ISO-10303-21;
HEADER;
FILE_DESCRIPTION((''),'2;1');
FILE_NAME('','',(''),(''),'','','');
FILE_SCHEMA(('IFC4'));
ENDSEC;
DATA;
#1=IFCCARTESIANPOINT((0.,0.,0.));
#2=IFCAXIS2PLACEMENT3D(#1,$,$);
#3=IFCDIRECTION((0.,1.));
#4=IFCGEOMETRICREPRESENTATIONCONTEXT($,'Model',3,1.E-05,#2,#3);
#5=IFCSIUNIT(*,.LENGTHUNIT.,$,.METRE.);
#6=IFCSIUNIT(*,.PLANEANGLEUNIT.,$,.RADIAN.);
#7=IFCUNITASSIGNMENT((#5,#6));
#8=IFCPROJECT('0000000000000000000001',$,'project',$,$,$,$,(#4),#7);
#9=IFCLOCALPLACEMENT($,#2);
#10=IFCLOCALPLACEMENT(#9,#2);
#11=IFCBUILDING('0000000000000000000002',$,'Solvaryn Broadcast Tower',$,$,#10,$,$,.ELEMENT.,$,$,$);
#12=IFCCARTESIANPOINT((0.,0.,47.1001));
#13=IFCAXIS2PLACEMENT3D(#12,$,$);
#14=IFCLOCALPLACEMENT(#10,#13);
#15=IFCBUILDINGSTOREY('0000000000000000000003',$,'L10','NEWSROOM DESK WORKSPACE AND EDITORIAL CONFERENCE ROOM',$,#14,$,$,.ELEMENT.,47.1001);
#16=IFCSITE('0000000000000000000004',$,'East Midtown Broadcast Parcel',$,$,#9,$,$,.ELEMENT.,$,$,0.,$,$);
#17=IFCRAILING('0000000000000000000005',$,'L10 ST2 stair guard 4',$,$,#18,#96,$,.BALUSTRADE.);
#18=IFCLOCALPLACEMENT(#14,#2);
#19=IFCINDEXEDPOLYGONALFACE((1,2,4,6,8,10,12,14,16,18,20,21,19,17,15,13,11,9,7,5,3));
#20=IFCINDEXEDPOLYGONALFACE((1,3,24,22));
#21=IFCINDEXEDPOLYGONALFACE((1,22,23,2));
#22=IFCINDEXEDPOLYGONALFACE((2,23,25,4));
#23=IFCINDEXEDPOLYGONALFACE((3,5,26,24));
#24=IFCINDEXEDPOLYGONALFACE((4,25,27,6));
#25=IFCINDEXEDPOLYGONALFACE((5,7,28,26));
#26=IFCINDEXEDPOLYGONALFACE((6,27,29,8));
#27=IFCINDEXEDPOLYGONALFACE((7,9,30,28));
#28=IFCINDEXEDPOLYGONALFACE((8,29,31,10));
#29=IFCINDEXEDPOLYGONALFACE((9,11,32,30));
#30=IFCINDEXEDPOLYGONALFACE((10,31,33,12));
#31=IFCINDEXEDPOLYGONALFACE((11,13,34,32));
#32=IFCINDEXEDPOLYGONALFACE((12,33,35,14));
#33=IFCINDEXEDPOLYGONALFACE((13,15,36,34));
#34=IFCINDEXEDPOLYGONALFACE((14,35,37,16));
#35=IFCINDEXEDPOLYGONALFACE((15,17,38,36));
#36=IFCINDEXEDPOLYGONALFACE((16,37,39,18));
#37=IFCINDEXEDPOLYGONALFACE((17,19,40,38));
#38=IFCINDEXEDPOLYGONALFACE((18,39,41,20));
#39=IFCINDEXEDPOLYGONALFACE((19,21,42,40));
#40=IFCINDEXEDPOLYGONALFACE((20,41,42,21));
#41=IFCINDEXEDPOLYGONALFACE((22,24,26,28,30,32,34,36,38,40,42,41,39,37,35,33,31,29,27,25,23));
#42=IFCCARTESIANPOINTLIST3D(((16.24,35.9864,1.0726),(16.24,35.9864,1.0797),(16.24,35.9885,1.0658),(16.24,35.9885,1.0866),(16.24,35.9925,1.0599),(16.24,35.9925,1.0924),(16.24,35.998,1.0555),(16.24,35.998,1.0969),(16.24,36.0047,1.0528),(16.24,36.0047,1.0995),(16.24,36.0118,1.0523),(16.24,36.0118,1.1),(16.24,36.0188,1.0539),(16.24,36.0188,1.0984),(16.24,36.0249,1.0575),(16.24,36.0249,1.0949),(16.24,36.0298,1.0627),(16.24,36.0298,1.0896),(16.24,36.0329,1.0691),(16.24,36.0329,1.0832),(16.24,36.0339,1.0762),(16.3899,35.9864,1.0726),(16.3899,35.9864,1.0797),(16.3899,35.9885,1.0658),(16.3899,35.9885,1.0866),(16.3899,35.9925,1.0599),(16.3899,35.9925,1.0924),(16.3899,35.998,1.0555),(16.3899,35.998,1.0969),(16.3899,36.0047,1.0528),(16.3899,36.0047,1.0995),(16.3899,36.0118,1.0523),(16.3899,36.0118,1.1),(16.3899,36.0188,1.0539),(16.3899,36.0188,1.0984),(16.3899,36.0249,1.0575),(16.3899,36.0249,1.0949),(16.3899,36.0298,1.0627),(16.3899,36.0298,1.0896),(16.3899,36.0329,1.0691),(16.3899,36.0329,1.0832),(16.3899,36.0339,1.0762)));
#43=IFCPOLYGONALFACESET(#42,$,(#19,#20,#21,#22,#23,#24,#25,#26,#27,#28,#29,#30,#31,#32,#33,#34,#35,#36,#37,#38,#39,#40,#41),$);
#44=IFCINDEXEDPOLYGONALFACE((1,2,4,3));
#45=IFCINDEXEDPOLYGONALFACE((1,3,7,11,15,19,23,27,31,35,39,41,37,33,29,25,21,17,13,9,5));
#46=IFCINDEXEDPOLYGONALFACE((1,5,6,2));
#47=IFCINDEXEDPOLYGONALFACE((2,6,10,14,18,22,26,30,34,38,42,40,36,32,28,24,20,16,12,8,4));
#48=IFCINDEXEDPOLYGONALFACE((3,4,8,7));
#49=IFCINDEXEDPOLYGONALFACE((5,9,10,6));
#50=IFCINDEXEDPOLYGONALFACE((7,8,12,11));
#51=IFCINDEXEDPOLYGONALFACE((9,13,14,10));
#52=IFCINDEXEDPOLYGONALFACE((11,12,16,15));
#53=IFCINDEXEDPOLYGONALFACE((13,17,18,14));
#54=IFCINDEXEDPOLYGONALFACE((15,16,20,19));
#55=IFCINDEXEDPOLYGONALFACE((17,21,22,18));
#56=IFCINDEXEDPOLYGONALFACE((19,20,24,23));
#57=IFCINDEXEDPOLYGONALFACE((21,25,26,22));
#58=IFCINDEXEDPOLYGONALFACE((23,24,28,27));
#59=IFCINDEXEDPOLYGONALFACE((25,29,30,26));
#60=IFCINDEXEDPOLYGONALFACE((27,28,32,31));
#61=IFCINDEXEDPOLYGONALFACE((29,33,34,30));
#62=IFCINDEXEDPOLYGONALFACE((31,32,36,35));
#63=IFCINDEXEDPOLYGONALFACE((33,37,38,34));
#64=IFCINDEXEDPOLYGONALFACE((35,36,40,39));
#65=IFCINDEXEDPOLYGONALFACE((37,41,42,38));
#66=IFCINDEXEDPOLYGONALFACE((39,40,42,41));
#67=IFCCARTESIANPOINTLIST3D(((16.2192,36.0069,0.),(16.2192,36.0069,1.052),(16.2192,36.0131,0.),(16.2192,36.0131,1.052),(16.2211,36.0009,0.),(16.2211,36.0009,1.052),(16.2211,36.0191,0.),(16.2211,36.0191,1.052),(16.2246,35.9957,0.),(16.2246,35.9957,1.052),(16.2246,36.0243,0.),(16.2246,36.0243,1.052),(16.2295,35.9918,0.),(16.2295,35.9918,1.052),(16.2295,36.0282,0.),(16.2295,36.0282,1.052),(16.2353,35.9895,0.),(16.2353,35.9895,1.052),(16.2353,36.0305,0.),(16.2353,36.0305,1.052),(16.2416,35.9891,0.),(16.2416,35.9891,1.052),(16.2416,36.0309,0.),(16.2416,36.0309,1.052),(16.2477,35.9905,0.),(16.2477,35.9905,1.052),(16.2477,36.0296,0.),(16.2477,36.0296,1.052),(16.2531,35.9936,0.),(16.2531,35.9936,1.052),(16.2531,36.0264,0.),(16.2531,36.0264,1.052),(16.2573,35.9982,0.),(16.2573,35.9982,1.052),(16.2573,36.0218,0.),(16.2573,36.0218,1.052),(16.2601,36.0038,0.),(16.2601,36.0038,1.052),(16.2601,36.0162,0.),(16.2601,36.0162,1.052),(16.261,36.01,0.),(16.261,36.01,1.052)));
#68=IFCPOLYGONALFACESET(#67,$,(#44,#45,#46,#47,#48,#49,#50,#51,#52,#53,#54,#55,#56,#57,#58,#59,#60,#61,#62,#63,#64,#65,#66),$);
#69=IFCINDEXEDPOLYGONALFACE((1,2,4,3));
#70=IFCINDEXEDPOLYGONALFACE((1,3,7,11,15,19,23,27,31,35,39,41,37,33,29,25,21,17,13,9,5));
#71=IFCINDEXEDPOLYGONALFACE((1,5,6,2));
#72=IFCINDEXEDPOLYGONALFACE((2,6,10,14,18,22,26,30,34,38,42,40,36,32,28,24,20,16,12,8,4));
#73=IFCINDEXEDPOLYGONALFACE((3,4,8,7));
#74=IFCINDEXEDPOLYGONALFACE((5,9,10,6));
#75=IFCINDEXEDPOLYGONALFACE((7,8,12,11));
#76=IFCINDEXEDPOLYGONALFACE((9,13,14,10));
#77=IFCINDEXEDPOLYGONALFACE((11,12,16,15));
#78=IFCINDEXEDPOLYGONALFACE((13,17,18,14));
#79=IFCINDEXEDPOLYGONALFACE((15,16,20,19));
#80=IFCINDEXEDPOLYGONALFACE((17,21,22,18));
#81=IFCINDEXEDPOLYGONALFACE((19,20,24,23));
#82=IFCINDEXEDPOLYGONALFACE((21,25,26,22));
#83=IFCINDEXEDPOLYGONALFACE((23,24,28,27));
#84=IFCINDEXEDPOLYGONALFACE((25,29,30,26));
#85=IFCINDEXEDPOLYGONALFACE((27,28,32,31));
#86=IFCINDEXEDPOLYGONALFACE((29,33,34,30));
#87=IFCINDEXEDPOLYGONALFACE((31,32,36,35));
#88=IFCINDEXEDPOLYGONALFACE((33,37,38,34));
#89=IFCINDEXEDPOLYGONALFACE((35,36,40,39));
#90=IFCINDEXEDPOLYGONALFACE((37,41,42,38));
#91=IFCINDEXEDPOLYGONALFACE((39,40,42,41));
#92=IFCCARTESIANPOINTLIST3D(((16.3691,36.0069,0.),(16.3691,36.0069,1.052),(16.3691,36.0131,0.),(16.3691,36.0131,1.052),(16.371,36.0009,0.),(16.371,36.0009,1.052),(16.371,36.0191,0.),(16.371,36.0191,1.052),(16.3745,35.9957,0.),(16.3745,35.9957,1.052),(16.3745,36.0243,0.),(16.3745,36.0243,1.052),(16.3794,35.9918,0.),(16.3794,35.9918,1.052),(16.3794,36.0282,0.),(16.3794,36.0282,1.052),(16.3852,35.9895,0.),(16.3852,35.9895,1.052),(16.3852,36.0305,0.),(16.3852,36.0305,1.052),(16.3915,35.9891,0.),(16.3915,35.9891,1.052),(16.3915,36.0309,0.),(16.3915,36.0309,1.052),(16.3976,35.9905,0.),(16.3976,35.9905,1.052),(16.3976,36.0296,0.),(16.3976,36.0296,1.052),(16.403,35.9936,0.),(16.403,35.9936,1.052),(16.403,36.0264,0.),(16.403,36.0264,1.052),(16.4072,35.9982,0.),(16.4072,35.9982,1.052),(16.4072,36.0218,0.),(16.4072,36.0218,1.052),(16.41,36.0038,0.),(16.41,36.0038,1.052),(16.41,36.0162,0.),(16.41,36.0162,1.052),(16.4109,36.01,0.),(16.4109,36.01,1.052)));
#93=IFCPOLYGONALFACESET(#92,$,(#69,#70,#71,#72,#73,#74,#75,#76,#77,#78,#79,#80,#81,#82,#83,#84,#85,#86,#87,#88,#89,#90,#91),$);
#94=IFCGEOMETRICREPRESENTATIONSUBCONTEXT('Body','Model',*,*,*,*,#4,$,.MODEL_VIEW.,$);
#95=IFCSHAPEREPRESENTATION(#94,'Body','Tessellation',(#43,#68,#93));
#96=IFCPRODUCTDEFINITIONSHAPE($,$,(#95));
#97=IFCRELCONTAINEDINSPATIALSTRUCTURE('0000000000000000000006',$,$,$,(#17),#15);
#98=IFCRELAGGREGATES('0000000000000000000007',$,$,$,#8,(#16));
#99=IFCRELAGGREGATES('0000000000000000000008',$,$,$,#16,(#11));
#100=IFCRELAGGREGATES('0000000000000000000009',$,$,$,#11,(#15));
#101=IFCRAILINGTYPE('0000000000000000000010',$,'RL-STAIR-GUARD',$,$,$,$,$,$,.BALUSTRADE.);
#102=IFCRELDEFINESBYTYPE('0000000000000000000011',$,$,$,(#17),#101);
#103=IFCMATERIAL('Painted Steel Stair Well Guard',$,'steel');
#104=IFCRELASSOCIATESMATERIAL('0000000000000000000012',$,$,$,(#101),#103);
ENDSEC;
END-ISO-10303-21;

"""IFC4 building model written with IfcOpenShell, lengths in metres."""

from ifc_helpers import new_model, si_unit, direction, frame, origin, origin_2d, place, context, subcontext, project, spatial, circle, extrude, material, type_object, element, save


model = new_model("IFC4")

# Units and contexts
model_context = context("Model", 3, precision=1e-05, world=origin(), true_north=direction((0.0, 1.0)))
body_context = subcontext(model_context, "Body", "Model", "MODEL_VIEW")
ifc_project = project(units=[si_unit("LENGTHUNIT", "METRE"), si_unit("PLANEANGLEUNIT", "RADIAN")], contexts=[model_context])

# Site, building, storey
site_placement = place(None, origin())
site = spatial("IfcSite", under=ifc_project, at=site_placement, Name="East Midtown Broadcast Parcel", CompositionType="ELEMENT", RefElevation=0.0)
building_placement = place(site_placement, origin())
building = spatial("IfcBuilding", under=site, at=building_placement, Name="Solvaryn Broadcast Tower", CompositionType="ELEMENT")
storey_placement = place(building_placement, frame((0.0, 0.0, 47.1001)))
storey = spatial("IfcBuildingStorey", under=building, at=storey_placement, Name="L10", Description="NEWSROOM DESK WORKSPACE AND EDITORIAL CONFERENCE ROOM", CompositionType="ELEMENT", Elevation=47.1001)

# Railing
ifc_material_1 = material(Name="Painted Steel Stair Well Guard", Category="steel")
railing_type_1 = type_object("IfcRailingType", Name="RL-STAIR-GUARD", PredefinedType="BALUSTRADE", material=ifc_material_1)
railing_1_placement = place(storey_placement, frame((16.24, 36.01, 0.0)))
element("IfcRailing", 1, at=railing_1_placement, inside=storey, type_object=railing_type_1, Name="L10 ST2 stair guard 4", PredefinedType="BALUSTRADE", context=body_context, shape_type="SweptSolid", body=[
    extrude(circle(Radius=0.0239, at=origin_2d()), frame((0.0, 0.0, 1.0762), z_axis=(1.0, 0.0, 0.0), x_axis=(0.0, 1.0, 0.0)), (0.0, 0.0, 1.0), 0.1499),
    extrude(circle(Radius=0.021, at=origin_2d()), origin(), (0.0, 0.0, 1.0), 1.052),
    extrude(circle(Radius=0.021, at=origin_2d()), frame((0.1499, 0.0, 0.0)), (0.0, 0.0, 1.0), 1.052),
])

save(model, "model.ifc")
